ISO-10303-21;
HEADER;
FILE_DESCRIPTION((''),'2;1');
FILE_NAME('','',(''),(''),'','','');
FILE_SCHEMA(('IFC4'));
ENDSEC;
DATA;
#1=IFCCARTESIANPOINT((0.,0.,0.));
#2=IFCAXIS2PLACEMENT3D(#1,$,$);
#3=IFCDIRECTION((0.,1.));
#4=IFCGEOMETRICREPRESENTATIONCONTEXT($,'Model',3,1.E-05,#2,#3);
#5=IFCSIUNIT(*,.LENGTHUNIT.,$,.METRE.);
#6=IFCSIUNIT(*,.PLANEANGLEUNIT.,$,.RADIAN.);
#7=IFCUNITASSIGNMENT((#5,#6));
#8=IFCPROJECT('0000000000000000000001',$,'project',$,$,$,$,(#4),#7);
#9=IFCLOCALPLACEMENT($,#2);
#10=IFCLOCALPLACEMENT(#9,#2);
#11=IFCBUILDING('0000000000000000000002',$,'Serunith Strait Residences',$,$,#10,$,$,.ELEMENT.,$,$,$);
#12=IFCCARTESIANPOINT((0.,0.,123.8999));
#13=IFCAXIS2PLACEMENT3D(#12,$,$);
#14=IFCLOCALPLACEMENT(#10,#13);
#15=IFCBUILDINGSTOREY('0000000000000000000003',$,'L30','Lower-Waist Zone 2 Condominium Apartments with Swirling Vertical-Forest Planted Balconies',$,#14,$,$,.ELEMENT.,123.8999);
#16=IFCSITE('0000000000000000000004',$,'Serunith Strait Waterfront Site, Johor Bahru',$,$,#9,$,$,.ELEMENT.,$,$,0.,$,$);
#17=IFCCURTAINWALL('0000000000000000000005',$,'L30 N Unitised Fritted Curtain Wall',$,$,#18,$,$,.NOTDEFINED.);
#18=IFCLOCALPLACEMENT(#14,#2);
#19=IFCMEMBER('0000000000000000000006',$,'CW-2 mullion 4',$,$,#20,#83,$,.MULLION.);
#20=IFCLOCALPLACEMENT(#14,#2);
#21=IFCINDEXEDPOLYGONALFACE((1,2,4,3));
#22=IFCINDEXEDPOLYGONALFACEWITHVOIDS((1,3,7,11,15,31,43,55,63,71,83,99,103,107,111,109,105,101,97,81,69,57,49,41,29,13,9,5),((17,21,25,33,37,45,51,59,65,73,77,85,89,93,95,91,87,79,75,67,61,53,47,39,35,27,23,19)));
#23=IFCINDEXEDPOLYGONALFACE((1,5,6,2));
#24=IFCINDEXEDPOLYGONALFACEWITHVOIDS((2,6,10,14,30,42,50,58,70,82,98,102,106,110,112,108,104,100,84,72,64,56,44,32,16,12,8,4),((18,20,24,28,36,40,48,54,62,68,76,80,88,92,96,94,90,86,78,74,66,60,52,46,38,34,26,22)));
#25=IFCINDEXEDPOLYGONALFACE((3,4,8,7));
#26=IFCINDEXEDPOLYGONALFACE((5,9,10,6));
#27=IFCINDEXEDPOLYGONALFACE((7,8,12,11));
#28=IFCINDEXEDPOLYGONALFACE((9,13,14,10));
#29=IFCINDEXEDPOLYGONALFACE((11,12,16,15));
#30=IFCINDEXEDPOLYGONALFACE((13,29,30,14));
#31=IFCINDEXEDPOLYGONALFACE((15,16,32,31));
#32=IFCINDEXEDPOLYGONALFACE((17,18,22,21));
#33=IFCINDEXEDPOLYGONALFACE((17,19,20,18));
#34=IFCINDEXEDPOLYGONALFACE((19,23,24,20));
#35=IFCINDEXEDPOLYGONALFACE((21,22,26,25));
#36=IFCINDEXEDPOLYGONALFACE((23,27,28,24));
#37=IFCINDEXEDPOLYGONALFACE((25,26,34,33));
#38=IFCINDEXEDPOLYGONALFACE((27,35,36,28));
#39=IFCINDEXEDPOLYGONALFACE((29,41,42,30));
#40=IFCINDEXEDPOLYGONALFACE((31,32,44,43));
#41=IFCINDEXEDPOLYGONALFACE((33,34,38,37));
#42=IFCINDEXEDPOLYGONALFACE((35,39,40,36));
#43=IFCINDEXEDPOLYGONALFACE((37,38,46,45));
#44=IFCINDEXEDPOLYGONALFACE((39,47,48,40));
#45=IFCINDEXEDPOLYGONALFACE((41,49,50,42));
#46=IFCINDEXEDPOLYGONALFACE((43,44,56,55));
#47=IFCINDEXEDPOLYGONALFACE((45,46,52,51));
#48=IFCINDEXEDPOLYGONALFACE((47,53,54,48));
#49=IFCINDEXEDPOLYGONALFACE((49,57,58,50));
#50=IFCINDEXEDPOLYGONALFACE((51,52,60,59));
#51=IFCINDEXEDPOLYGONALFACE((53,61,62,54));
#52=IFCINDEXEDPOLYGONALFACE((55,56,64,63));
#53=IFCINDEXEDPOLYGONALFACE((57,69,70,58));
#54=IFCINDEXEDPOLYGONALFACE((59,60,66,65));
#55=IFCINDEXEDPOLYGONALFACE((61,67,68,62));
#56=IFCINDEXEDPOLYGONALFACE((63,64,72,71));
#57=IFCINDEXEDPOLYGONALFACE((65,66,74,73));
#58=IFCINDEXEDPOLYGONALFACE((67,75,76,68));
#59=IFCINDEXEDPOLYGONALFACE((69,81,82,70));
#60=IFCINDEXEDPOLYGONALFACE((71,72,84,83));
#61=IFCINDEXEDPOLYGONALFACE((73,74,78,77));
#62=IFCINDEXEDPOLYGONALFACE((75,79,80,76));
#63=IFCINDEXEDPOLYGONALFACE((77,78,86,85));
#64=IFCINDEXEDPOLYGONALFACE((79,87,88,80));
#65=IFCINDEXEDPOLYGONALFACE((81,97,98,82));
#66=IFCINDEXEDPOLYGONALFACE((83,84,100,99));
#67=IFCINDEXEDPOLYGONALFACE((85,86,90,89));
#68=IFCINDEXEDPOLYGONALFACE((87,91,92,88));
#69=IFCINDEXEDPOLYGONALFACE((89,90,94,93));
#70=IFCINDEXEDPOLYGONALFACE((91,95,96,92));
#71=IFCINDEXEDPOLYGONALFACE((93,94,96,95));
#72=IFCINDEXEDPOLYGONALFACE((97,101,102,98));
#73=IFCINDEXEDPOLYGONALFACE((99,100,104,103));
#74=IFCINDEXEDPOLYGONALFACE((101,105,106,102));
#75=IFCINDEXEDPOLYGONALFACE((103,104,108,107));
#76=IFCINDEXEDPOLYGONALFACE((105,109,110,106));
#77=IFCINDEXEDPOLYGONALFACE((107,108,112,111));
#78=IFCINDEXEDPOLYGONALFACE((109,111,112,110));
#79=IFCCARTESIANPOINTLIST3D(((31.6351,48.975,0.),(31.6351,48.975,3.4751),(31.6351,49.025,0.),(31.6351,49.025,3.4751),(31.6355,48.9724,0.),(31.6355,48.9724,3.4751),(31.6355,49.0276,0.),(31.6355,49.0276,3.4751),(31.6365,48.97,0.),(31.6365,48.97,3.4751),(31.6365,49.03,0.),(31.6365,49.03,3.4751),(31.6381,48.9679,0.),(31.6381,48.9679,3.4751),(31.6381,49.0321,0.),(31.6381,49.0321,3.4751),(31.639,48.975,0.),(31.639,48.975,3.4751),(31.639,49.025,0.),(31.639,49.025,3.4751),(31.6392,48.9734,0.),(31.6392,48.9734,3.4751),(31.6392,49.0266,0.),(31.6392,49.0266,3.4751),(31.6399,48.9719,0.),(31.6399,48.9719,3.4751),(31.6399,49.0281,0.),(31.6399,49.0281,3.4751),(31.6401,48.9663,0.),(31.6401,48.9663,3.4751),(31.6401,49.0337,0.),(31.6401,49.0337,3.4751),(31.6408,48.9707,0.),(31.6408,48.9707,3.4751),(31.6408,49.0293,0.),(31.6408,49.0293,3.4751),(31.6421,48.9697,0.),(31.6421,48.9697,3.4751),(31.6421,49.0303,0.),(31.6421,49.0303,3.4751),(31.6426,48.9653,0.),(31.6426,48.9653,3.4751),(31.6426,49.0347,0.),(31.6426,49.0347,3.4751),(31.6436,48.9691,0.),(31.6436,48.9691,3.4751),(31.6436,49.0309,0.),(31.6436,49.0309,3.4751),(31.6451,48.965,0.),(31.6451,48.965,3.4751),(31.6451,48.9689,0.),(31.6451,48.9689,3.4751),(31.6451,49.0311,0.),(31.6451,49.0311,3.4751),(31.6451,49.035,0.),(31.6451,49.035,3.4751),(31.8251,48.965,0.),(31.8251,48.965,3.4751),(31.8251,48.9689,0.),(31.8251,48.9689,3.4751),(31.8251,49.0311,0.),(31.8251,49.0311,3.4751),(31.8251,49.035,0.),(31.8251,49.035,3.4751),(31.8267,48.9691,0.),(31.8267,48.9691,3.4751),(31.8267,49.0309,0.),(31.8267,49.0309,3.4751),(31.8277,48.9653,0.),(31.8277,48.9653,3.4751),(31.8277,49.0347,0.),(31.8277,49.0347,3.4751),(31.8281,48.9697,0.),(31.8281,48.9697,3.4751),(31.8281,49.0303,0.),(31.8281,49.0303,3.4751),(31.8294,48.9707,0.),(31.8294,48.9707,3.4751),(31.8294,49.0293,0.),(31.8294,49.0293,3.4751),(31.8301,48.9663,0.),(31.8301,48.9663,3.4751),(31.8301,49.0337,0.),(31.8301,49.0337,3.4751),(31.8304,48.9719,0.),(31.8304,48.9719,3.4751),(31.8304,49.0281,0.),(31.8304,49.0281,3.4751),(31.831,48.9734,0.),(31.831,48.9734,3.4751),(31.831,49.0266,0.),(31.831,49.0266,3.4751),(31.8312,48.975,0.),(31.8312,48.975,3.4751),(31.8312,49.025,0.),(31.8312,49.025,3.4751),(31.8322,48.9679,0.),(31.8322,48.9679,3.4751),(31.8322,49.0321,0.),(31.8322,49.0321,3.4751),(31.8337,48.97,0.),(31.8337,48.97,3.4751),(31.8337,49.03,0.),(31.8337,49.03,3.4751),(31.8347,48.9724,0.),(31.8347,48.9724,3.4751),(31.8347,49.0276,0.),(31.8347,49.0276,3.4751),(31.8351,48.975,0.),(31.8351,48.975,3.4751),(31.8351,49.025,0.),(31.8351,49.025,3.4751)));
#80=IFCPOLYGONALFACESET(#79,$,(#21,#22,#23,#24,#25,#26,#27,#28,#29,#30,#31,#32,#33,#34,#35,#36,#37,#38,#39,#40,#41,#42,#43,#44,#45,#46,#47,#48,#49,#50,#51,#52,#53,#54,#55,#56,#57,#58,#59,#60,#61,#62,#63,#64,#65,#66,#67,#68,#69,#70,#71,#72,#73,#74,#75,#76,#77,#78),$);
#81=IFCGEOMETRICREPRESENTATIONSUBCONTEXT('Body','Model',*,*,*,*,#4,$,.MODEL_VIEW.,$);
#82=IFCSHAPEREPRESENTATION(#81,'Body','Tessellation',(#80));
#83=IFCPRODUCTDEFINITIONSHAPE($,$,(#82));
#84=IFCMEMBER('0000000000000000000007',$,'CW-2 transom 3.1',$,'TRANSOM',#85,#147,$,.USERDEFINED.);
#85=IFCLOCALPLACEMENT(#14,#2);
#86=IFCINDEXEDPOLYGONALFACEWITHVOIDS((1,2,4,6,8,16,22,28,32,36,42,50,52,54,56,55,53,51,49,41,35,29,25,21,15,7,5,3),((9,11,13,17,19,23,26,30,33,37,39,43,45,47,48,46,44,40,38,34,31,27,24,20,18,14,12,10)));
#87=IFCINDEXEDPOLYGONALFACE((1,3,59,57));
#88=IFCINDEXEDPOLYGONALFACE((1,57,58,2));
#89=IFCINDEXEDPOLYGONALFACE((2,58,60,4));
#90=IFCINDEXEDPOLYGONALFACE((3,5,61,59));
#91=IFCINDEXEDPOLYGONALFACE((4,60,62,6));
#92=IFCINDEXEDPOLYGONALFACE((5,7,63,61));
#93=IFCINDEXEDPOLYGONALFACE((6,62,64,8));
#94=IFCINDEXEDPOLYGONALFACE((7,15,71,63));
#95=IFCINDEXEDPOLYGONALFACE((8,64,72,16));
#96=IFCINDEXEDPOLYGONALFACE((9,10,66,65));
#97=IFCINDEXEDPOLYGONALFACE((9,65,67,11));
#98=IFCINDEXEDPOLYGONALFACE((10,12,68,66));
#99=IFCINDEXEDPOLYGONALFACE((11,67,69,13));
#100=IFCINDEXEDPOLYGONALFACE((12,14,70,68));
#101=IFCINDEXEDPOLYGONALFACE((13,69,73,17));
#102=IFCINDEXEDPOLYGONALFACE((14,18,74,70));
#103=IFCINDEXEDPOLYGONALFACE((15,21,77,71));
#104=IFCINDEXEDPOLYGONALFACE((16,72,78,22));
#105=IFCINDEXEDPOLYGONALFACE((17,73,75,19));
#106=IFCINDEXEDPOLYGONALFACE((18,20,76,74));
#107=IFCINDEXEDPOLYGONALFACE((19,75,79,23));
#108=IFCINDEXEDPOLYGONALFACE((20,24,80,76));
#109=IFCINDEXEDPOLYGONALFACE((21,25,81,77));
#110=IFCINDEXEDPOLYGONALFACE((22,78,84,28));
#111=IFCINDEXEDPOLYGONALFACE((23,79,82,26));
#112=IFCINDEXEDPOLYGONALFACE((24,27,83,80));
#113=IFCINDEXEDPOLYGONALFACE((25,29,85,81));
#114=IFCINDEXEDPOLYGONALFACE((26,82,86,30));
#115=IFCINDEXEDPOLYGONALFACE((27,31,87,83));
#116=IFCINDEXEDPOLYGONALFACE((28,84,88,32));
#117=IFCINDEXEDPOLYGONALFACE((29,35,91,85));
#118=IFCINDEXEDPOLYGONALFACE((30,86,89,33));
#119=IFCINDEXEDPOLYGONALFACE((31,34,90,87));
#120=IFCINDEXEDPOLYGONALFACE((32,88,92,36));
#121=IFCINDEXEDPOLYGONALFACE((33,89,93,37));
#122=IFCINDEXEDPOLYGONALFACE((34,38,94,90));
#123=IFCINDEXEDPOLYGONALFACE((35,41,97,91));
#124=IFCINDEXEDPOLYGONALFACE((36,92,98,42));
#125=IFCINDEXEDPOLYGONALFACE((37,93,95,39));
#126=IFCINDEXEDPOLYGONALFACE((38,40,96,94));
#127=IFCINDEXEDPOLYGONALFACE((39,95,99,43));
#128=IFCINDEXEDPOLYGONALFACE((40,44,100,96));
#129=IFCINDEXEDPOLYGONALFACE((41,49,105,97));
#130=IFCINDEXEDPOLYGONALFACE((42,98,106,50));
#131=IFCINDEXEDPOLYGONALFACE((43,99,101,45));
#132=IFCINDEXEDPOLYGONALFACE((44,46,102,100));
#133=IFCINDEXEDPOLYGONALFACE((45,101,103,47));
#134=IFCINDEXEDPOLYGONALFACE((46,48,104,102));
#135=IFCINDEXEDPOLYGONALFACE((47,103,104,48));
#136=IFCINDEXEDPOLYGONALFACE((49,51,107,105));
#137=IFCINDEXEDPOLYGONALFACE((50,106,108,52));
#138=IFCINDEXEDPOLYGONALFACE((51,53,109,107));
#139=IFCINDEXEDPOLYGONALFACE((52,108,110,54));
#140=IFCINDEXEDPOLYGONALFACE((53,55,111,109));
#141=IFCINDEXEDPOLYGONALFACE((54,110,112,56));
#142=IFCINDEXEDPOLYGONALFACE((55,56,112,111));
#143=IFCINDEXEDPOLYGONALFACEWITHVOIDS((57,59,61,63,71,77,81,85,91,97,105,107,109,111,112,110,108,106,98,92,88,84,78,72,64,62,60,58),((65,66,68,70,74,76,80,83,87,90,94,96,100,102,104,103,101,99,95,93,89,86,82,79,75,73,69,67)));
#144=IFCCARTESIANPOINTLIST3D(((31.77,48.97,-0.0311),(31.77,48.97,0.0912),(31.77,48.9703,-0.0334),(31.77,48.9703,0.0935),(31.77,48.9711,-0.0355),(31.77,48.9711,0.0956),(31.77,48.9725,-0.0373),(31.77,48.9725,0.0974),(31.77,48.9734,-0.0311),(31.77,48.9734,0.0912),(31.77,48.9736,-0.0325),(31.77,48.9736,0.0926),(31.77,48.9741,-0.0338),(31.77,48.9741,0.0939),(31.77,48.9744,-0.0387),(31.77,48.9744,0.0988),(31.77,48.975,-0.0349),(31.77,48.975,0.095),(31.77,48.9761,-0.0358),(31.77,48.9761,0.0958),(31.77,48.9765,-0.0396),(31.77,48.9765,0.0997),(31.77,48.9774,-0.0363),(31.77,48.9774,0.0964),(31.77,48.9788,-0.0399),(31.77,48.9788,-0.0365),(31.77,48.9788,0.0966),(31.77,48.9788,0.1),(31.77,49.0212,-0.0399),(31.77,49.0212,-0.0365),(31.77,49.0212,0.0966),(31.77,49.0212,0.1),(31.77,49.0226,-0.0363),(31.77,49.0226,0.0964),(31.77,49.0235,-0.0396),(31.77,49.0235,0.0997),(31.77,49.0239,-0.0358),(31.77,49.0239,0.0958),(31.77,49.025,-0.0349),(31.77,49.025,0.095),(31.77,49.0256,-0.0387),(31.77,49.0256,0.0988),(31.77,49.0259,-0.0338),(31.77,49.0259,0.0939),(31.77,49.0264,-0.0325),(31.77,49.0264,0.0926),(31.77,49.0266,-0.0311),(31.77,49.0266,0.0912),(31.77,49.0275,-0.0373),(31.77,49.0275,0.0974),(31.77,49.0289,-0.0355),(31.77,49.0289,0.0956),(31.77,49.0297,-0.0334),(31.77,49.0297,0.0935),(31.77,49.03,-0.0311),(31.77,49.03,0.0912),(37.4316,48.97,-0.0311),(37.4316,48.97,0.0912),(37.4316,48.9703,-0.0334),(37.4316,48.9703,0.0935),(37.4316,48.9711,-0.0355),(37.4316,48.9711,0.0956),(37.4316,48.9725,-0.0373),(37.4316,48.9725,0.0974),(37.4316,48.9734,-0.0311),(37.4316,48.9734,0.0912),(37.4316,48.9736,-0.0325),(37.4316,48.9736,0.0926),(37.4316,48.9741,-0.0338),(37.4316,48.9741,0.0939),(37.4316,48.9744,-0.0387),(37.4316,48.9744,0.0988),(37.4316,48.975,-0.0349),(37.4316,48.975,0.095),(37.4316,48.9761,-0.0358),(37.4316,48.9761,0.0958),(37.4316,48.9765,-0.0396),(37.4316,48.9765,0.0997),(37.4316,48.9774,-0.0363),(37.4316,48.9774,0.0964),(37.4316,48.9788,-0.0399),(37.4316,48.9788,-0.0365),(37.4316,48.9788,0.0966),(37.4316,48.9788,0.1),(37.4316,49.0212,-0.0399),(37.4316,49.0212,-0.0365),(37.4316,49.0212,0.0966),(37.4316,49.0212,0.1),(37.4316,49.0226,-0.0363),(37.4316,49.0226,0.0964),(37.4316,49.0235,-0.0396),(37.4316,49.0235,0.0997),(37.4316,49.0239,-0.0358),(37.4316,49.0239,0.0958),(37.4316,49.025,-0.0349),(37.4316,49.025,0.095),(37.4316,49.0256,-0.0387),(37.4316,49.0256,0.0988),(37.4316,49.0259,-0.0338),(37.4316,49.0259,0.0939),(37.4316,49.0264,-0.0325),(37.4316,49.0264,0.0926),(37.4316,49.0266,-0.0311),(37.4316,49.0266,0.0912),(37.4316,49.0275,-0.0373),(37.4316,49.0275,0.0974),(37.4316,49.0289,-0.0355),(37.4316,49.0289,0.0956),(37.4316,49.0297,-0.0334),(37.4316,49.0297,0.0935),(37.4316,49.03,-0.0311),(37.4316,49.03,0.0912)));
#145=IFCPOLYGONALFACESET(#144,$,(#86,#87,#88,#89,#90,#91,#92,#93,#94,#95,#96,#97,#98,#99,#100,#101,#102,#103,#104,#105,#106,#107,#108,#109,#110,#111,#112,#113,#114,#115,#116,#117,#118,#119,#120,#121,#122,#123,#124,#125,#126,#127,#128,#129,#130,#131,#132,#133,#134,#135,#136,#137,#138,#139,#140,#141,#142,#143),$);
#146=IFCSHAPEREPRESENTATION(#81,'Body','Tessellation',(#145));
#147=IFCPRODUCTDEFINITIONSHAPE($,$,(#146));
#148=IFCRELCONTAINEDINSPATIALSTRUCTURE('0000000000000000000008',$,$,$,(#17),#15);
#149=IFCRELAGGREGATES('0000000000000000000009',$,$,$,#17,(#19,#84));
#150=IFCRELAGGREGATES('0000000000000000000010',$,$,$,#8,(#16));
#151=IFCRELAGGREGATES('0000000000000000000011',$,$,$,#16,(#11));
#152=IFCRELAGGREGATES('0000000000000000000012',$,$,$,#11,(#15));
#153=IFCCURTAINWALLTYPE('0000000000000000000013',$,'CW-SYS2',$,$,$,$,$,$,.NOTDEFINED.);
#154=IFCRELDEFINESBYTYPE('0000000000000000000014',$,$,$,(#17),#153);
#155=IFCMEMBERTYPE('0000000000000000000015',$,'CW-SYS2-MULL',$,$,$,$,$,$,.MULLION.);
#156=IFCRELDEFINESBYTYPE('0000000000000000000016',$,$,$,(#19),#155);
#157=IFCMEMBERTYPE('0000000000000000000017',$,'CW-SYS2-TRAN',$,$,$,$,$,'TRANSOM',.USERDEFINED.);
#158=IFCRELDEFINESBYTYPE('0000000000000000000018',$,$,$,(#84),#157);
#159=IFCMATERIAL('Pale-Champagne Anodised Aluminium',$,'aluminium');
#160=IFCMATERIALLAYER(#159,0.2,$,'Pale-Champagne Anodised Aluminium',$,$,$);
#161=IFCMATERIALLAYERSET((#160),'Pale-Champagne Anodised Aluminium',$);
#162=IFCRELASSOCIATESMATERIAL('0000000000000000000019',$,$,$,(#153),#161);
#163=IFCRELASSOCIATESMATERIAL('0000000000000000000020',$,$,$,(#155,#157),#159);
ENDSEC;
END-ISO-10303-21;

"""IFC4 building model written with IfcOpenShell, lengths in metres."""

from ifc_helpers import new_model, si_unit, direction, frame, origin, origin_2d, place, context, subcontext, project, spatial, hollow_rectangle, extrude, source, transform, mapped, material, layer, layer_set, material_profile, profile_set, type_object, element, aggregate, save


model = new_model("IFC4")

# Units and contexts
model_context = context("Model", 3, precision=1e-05, world=origin(), true_north=direction((0.0, 1.0)))
body_context = subcontext(model_context, "Body", "Model", "MODEL_VIEW")
ifc_project = project(units=[si_unit("LENGTHUNIT", "METRE"), si_unit("PLANEANGLEUNIT", "RADIAN")], contexts=[model_context])

# Site, building, storey
site_placement = place(None, origin())
site = spatial("IfcSite", under=ifc_project, at=site_placement, Name="Serunith Strait Waterfront Site, Johor Bahru", CompositionType="ELEMENT", RefElevation=0.0)
building_placement = place(site_placement, origin())
building = spatial("IfcBuilding", under=site, at=building_placement, Name="Serunith Strait Residences", CompositionType="ELEMENT")
storey_placement = place(building_placement, frame((0.0, 0.0, 123.8999)))
storey = spatial("IfcBuildingStorey", under=building, at=storey_placement, Name="L30", Description="Lower-Waist Zone 2 Condominium Apartments with Swirling Vertical-Forest Planted Balconies", CompositionType="ELEMENT", Elevation=123.8999)

# Curtain wall, members
ifc_material_1 = material(Name="Pale-Champagne Anodised Aluminium", Category="aluminium")
ifc_layer_1 = layer(ifc_material_1, 0.2, Name="Pale-Champagne Anodised Aluminium")
ifc_layer_set_1 = layer_set([ifc_layer_1], Name="Pale-Champagne Anodised Aluminium")
curtain_wall_type = type_object("IfcCurtainWallType", Name="CW-SYS2", PredefinedType="NOTDEFINED", material=ifc_layer_set_1)
curtain_wall_placement = place(storey_placement, origin())
curtain_wall = element("IfcCurtainWall", 1, at=curtain_wall_placement, inside=storey, type_object=curtain_wall_type, Name="L30 N Unitised Fritted Curtain Wall", PredefinedType="NOTDEFINED")
ifc_material_profile_1 = material_profile(ifc_material_1, hollow_rectangle(XDim=0.0701, YDim=0.2, WallThickness=0.0039, InnerFilletRadius=0.0061, OuterFilletRadius=0.01, at=origin_2d()), Name="ALU 200x70x4")
ifc_profile_set_1 = profile_set([ifc_material_profile_1], Name="Pale-Champagne Anodised Aluminium")
member_type_1 = type_object("IfcMemberType", Name="CW-SYS2-MULL", PredefinedType="MULLION", material=ifc_profile_set_1)
shared_shape_1 = source(origin(), body_context, "Body", "SweptSolid", [
    extrude(hollow_rectangle(XDim=0.0701, YDim=0.2, WallThickness=0.0039, InnerFilletRadius=0.0061, OuterFilletRadius=0.01, at=origin_2d()), origin(), (0.0, 0.0, 1.0), 3.4751),
])
member_1_placement = place(storey_placement, frame((31.7351, 49.0, 0.0), z_axis=(0.0, 0.0, 1.0), x_axis=(0.0, -1.0, 0.0)))
member_1 = element("IfcMember", 2, at=member_1_placement, type_object=member_type_1, Name="CW-2 mullion 4", PredefinedType="MULLION", context=body_context, shape_type="MappedRepresentation", body=[
    mapped(shared_shape_1, transform((0.0, 0.0, 0.0), scale=1.0)),
])
ifc_material_profile_2 = material_profile(ifc_material_1, hollow_rectangle(XDim=0.0601, YDim=0.1399, WallThickness=0.0034, InnerFilletRadius=0.0054, OuterFilletRadius=0.0088, at=origin_2d()), Name="ALU 140x60x3.5")
ifc_profile_set_2 = profile_set([ifc_material_profile_2], Name="Pale-Champagne Anodised Aluminium")
member_type_2 = type_object("IfcMemberType", Name="CW-SYS2-TRAN", ElementType="TRANSOM", PredefinedType="USERDEFINED", material=ifc_profile_set_2)
shared_shape_2 = source(origin(), body_context, "Body", "SweptSolid", [
    extrude(hollow_rectangle(XDim=0.0601, YDim=0.1399, WallThickness=0.0034, InnerFilletRadius=0.0054, OuterFilletRadius=0.0088, at=origin_2d()), origin(), (0.0, 0.0, 1.0), 5.6616),
])
member_2_placement = place(storey_placement, frame((37.4316, 49.0, 0.03), z_axis=(-1.0, 0.0, 0.0), x_axis=(0.0, -1.0, 0.0)))
member_2 = element("IfcMember", 3, at=member_2_placement, type_object=member_type_2, Name="CW-2 transom 3.1", ObjectType="TRANSOM", PredefinedType="USERDEFINED", context=body_context, shape_type="MappedRepresentation", body=[
    mapped(shared_shape_2, transform((0.0, 0.0, 0.0), scale=1.0)),
])
aggregate(curtain_wall, [member_1, member_2])

save(model, "model.ifc")
